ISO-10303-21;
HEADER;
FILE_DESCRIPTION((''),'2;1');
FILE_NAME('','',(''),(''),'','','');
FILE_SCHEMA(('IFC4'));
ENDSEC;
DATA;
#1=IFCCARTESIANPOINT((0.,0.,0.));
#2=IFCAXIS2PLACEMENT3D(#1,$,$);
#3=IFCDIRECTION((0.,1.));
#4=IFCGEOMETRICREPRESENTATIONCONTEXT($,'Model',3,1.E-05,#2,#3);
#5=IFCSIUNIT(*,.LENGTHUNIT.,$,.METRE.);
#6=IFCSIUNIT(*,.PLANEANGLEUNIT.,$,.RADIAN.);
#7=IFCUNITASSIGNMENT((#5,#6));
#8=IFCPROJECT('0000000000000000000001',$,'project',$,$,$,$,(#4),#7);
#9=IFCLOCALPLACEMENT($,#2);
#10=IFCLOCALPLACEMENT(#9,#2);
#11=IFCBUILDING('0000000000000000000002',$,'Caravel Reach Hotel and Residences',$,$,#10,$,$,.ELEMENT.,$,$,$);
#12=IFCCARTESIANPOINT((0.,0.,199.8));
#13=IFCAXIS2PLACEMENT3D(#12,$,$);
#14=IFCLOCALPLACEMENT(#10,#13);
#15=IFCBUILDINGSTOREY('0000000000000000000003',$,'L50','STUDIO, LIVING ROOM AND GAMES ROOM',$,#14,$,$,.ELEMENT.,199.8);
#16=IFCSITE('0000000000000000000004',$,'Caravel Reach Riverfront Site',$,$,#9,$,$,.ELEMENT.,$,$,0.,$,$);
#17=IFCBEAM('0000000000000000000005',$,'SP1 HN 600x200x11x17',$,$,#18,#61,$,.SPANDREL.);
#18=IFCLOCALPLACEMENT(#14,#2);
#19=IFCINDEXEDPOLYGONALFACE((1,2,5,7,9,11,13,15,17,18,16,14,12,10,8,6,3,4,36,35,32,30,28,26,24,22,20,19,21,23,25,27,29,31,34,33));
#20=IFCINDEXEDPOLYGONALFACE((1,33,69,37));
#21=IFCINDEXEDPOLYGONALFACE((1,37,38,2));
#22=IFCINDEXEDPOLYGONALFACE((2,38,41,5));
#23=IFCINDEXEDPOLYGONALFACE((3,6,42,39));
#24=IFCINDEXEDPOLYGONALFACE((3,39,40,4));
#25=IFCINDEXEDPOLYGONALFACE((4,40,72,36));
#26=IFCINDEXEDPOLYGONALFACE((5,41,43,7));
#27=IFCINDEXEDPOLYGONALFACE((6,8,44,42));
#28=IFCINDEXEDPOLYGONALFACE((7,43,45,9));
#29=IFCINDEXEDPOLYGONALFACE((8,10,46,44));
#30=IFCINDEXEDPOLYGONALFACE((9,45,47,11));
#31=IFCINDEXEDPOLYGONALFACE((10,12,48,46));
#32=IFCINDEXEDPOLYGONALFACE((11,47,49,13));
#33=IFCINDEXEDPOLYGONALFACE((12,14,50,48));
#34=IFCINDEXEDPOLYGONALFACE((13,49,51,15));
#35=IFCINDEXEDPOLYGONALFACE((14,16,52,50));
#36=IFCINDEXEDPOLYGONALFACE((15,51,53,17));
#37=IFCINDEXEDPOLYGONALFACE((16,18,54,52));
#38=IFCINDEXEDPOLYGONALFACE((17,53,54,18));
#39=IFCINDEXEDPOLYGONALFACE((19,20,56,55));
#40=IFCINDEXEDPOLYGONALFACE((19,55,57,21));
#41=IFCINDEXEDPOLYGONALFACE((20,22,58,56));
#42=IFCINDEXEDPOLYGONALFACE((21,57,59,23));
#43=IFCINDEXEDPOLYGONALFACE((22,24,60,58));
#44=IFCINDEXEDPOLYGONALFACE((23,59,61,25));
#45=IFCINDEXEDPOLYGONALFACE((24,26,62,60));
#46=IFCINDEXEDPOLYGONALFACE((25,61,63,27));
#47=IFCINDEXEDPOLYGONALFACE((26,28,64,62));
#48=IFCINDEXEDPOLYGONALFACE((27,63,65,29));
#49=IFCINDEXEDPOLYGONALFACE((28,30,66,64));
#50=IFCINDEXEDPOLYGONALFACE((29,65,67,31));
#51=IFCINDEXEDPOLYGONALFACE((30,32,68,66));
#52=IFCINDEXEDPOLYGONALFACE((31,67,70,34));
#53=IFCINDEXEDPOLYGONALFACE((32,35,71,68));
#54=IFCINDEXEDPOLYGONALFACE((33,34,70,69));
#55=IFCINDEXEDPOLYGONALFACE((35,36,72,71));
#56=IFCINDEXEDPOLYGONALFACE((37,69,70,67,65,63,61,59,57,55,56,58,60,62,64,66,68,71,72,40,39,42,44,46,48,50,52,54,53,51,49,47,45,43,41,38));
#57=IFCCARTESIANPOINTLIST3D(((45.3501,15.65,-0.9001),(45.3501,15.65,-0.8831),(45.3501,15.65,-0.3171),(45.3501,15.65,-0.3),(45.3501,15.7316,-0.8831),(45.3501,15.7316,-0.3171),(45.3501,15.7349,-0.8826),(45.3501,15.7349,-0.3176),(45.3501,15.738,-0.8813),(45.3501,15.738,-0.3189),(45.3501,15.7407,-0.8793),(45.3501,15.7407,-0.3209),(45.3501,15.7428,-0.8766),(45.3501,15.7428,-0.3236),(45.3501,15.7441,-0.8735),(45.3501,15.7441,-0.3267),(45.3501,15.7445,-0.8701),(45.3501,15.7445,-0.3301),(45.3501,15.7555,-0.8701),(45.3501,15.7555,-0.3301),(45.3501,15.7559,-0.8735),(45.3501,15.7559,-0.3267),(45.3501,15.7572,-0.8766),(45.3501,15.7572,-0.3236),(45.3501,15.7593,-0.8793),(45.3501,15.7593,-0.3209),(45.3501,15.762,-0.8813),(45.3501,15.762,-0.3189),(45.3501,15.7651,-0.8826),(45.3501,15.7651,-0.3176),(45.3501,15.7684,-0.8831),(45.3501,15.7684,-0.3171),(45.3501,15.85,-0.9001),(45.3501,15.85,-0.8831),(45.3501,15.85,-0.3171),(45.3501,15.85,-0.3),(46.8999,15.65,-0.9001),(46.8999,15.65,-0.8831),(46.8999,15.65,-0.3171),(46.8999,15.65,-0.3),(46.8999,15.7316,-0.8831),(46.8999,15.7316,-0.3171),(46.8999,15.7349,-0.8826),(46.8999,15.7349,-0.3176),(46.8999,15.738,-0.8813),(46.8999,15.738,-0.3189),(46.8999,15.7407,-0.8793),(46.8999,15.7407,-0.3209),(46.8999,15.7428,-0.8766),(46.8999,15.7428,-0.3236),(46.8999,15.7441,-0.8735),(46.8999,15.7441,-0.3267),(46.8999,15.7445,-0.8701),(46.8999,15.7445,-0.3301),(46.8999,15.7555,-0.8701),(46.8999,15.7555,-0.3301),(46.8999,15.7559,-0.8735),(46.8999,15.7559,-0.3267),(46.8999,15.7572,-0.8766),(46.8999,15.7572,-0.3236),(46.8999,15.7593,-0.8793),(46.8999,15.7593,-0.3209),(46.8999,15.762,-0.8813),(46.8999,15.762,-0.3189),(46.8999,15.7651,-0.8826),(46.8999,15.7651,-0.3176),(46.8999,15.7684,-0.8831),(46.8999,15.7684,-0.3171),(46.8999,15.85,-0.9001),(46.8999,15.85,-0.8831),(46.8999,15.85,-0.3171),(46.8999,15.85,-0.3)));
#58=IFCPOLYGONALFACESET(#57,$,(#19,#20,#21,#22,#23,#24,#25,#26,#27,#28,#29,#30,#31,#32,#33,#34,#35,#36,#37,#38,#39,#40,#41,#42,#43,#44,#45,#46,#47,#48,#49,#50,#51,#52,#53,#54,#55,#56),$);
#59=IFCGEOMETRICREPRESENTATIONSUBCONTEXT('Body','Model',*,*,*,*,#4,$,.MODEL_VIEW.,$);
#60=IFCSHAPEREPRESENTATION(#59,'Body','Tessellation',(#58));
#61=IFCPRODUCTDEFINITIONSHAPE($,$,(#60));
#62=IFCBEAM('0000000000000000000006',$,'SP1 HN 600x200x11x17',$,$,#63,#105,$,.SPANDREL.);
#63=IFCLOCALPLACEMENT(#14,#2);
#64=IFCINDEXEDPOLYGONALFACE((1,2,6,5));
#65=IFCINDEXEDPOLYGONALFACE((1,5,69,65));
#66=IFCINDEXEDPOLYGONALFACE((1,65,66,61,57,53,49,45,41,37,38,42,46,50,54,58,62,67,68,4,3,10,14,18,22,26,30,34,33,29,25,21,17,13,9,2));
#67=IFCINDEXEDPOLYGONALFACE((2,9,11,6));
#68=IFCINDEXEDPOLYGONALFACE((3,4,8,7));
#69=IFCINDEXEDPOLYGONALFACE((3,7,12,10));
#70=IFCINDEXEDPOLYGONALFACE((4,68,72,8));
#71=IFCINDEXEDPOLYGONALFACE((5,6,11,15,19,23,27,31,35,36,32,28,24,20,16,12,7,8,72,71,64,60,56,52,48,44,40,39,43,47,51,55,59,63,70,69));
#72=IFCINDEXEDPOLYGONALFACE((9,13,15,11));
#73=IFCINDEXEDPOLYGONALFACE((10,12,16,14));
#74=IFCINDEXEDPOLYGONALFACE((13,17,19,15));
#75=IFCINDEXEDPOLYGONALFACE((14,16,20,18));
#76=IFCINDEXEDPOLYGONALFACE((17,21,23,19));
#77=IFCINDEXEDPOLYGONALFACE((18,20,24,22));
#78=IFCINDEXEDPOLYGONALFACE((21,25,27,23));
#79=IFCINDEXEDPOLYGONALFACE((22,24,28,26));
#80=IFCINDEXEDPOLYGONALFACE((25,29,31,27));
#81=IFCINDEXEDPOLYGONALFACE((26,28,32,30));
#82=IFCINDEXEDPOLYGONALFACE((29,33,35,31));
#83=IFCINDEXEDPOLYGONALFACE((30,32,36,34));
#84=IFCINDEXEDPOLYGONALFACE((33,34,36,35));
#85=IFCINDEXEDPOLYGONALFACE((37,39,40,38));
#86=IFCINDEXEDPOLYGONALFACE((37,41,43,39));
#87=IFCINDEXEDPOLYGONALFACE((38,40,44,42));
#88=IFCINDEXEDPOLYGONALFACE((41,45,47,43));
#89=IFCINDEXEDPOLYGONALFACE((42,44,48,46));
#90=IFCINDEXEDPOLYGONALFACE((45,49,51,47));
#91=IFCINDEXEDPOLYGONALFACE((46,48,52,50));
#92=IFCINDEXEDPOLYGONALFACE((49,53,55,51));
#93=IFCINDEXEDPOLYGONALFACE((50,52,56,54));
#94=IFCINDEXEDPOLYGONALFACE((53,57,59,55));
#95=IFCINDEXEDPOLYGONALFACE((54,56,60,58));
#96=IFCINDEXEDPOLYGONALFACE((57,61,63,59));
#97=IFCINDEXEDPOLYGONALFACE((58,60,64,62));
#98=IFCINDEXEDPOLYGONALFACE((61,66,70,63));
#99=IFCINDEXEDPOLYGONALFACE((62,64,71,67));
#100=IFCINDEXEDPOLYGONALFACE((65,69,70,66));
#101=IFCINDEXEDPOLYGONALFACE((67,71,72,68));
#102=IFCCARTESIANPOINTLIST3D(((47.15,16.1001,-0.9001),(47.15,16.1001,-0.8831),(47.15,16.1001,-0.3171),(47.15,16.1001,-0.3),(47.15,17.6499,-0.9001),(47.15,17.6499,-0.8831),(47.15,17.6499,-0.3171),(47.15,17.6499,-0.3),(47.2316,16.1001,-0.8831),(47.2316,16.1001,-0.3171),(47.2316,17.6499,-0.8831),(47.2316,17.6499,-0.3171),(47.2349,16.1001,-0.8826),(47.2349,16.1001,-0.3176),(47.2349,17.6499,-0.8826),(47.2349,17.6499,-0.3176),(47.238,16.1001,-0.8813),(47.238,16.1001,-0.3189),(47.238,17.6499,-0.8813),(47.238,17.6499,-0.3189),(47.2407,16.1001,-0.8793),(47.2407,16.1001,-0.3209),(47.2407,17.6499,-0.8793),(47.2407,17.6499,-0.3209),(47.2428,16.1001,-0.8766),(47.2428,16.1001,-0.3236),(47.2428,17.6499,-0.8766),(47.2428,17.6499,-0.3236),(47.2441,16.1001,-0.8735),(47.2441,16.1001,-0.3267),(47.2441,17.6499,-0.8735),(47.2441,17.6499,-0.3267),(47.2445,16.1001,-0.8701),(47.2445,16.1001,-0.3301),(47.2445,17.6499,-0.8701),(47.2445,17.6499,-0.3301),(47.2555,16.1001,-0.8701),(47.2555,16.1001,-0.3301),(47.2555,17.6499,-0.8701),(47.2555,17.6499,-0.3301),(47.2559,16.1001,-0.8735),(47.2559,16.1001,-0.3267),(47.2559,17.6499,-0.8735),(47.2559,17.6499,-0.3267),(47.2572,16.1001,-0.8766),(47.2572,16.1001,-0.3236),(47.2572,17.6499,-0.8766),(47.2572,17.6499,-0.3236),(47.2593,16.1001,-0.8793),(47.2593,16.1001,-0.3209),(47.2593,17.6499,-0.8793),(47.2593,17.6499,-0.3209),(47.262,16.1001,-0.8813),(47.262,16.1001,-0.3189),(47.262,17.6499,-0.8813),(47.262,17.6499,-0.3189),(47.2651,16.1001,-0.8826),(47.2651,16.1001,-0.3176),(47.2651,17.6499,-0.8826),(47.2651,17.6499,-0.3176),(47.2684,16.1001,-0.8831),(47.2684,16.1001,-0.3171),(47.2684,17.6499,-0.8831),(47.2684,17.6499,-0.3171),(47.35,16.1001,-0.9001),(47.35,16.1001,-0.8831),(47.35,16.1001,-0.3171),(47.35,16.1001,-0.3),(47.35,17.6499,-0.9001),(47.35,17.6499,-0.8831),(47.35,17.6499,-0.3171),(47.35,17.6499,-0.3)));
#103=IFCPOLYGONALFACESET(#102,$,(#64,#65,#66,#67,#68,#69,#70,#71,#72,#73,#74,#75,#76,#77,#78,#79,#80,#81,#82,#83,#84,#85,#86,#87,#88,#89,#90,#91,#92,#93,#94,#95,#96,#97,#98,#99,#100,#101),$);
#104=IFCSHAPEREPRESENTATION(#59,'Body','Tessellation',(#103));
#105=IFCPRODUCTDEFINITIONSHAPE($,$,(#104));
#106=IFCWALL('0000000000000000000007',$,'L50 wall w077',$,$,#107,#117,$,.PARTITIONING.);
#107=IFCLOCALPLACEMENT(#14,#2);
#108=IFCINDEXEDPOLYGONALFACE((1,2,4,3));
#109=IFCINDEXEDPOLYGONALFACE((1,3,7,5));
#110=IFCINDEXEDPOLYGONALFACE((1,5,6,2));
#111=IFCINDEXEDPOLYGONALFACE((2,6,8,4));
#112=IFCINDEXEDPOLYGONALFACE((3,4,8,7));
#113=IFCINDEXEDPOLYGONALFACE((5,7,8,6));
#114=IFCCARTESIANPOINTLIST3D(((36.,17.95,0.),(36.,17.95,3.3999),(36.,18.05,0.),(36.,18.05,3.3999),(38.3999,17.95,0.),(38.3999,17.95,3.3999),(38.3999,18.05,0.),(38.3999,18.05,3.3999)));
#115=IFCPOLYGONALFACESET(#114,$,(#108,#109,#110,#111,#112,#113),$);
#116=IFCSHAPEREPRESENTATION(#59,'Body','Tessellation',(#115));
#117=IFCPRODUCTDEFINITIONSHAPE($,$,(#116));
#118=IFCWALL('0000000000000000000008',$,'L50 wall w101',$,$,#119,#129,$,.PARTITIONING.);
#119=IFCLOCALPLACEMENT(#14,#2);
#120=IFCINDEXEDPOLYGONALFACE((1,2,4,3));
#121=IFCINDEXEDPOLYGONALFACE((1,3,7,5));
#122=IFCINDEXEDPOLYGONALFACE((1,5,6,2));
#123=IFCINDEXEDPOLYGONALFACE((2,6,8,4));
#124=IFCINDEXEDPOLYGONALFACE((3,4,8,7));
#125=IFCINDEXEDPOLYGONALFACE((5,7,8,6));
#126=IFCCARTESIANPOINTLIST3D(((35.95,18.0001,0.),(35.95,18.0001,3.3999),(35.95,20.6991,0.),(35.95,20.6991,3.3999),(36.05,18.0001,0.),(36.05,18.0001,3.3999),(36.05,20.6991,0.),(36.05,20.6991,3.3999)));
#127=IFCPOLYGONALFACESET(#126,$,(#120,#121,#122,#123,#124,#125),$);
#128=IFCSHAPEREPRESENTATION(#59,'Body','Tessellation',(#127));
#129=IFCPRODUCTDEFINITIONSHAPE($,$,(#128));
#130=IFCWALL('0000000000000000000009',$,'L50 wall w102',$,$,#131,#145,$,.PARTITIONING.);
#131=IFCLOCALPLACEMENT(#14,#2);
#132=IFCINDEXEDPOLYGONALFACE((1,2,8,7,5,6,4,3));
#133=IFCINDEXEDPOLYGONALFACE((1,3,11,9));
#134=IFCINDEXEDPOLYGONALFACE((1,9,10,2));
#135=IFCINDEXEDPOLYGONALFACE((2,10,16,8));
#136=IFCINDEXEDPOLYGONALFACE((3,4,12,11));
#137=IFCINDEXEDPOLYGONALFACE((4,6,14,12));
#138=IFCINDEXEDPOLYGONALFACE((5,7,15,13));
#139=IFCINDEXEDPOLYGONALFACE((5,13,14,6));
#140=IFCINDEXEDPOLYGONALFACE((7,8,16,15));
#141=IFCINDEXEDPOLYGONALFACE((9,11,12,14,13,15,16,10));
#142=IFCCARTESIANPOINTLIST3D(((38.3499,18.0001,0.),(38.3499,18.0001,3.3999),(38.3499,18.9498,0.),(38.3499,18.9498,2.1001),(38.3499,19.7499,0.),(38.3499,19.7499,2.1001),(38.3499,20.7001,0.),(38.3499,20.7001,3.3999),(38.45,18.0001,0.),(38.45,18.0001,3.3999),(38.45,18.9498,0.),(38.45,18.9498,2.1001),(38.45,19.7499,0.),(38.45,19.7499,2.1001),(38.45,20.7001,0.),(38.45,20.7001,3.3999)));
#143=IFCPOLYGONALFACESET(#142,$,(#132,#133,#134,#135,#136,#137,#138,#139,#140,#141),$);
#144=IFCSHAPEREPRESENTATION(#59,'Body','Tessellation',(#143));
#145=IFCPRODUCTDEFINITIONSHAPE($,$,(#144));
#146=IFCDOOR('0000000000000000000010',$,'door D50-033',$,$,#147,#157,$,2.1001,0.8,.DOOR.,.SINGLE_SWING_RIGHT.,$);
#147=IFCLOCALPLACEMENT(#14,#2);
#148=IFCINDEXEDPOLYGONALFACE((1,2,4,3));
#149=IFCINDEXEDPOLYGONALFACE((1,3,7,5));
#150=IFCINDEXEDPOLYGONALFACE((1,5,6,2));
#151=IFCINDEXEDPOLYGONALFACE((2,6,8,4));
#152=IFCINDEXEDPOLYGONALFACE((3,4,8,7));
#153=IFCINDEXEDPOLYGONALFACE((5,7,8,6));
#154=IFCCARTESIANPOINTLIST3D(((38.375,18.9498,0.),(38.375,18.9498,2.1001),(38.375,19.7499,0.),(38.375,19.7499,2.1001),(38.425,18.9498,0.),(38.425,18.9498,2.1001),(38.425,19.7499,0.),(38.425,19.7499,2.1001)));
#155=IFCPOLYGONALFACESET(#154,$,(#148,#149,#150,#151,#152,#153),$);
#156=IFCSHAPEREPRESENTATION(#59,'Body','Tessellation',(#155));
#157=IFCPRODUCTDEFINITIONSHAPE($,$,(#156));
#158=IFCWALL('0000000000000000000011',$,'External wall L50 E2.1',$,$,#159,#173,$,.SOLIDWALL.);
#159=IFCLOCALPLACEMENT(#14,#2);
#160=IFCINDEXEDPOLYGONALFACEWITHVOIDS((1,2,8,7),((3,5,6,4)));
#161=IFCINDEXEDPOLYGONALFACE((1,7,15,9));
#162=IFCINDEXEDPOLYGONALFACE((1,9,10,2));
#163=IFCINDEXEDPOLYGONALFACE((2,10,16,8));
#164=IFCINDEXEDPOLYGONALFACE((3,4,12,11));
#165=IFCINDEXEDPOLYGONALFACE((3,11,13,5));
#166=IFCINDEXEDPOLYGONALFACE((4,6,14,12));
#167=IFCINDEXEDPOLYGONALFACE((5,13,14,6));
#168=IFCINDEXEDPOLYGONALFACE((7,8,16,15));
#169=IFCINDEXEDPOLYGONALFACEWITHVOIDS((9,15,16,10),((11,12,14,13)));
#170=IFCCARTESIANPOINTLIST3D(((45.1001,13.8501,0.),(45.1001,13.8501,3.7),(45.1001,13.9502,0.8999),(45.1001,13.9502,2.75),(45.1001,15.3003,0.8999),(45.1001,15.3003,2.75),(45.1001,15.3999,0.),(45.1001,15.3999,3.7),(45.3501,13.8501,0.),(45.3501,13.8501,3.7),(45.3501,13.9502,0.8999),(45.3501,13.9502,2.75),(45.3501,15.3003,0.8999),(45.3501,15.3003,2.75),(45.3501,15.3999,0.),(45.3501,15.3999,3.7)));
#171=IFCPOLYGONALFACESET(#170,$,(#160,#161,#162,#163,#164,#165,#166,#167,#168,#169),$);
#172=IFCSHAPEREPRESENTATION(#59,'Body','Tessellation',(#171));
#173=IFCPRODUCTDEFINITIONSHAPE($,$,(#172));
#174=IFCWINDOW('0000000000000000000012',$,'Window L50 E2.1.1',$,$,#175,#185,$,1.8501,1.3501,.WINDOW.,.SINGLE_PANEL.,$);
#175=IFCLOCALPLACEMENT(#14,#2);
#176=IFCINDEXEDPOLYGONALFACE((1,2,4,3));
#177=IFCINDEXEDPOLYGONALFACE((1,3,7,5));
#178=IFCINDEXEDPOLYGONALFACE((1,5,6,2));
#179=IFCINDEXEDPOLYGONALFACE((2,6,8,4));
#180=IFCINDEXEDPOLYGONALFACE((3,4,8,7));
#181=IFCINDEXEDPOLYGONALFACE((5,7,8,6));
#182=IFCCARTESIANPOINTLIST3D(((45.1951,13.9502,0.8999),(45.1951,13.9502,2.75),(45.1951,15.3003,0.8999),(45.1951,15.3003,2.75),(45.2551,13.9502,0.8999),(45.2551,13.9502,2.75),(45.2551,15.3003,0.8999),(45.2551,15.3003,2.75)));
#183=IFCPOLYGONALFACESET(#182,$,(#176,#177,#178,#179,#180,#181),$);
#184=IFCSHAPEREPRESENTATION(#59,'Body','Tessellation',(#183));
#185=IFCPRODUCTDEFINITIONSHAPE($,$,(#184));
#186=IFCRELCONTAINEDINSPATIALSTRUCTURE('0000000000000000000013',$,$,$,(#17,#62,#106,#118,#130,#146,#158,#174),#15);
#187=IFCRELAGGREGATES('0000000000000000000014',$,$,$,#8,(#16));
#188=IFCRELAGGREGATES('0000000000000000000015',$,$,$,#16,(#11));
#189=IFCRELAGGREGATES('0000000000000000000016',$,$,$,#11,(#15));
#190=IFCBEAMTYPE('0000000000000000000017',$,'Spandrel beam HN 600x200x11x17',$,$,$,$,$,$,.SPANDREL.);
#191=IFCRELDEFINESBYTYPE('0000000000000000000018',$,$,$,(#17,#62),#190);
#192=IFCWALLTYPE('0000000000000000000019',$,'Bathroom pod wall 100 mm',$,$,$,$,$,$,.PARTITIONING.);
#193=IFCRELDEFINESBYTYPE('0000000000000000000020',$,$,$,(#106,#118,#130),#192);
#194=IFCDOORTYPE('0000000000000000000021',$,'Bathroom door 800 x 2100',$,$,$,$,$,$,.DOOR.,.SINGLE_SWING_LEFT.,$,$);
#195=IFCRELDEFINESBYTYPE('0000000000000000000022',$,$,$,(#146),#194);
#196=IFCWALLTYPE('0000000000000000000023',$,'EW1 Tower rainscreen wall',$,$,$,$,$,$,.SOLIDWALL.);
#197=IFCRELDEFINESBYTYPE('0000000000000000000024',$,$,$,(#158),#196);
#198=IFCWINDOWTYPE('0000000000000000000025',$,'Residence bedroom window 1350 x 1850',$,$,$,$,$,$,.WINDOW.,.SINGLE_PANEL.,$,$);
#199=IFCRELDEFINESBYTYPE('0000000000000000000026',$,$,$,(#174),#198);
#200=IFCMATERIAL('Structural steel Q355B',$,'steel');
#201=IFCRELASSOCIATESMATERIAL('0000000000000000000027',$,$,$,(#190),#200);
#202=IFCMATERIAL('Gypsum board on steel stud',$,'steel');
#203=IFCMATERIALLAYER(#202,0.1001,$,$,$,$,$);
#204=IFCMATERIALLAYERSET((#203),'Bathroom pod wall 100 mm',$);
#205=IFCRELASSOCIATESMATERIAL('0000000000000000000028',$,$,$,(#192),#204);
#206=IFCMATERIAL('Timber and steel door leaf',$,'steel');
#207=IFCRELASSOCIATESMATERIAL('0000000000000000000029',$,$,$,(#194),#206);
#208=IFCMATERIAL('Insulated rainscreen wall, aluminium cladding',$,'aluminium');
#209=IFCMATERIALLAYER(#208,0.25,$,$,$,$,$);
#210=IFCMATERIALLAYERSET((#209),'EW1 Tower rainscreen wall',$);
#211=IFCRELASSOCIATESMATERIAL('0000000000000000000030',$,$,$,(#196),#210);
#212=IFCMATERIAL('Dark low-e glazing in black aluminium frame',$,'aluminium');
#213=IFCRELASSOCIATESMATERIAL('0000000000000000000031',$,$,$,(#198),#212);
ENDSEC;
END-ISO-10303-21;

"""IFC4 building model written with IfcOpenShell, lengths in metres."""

from ifc_helpers import new_model, si_unit, direction, frame, frame_2d, origin, origin_2d, place, context, subcontext, project, spatial, rectangle, i_section, extrude, material, layer, layer_set, material_profile, profile_set, type_object, element, fill, save


model = new_model("IFC4")

# Units and contexts
model_context = context("Model", 3, precision=1e-05, world=origin(), true_north=direction((0.0, 1.0)))
body_context = subcontext(model_context, "Body", "Model", "MODEL_VIEW")
ifc_project = project(units=[si_unit("LENGTHUNIT", "METRE"), si_unit("PLANEANGLEUNIT", "RADIAN")], contexts=[model_context])

# Site, building, storey
site_placement = place(None, origin())
site = spatial("IfcSite", under=ifc_project, at=site_placement, Name="Caravel Reach Riverfront Site", CompositionType="ELEMENT", RefElevation=0.0)
building_placement = place(site_placement, origin())
building = spatial("IfcBuilding", under=site, at=building_placement, Name="Caravel Reach Hotel and Residences", CompositionType="ELEMENT")
storey_placement = place(building_placement, frame((0.0, 0.0, 199.8)))
storey = spatial("IfcBuildingStorey", under=building, at=storey_placement, Name="L50", Description="STUDIO, LIVING ROOM AND GAMES ROOM", CompositionType="ELEMENT", Elevation=199.8)

# Beams
ifc_material_1 = material(Name="Structural steel Q355B", Category="steel")
ifc_material_profile_1 = material_profile(ifc_material_1, i_section(OverallWidth=0.2, OverallDepth=0.6001, WebThickness=0.011, FlangeThickness=0.0171, FilletRadius=0.0129, at=origin_2d()), Name="HN 600x200x11x17")
ifc_profile_set_1 = profile_set([ifc_material_profile_1], Name="Structural steel Q355B")
beam_type = type_object("IfcBeamType", Name="Spandrel beam HN 600x200x11x17", PredefinedType="SPANDREL", material=ifc_profile_set_1)
for number, where, z_axis, x_axis, name in (
    (1, (45.3501, 15.75, -0.6001), (1.0, 0.0, 0.0), (0.0, 1.0, 0.0), "SP1 HN 600x200x11x17"),
    (2, (47.25, 16.1001, -0.6001), (0.0, 1.0, 0.0), (-1.0, 0.0, 0.0), "SP1 HN 600x200x11x17"),
):
    element("IfcBeam", number, at=place(storey_placement, frame(where, z_axis=z_axis, x_axis=x_axis)), inside=storey, type_object=beam_type, Name=name, PredefinedType="SPANDREL", context=body_context, shape_type="SweptSolid", body=[
        extrude(i_section(OverallWidth=0.2, OverallDepth=0.6001, WebThickness=0.011, FlangeThickness=0.0171, FilletRadius=0.0129, at=origin_2d()), origin(), (0.0, 0.0, 1.0), 1.5498),
    ])

# Walls
ifc_material_2 = material(Name="Gypsum board on steel stud", Category="steel")
ifc_layer_1 = layer(ifc_material_2, 0.1001)
ifc_layer_set_1 = layer_set([ifc_layer_1], Name="Bathroom pod wall 100 mm")
wall_type_1 = type_object("IfcWallType", Name="Bathroom pod wall 100 mm", PredefinedType="PARTITIONING", material=ifc_layer_set_1)
wall_1_placement = place(storey_placement, frame((36.0, 18.0, 0.0), z_axis=(0.0, 0.0, 1.0), x_axis=(1.0, 0.0, 0.0)))
element("IfcWall", 3, at=wall_1_placement, inside=storey, type_object=wall_type_1, Name="L50 wall w077", PredefinedType="PARTITIONING", context=body_context, shape_type="SweptSolid", body=[
    extrude(rectangle(XDim=2.3999, YDim=0.1001, at=frame_2d((1.2, 0.0))), origin(), (0.0, 0.0, 1.0), 3.3999),
])
wall_2_placement = place(storey_placement, frame((36.0, 18.0, 0.0), z_axis=(0.0, 0.0, 1.0), x_axis=(0.0, 1.0, 0.0)))
element("IfcWall", 4, at=wall_2_placement, inside=storey, type_object=wall_type_1, Name="L50 wall w101", PredefinedType="PARTITIONING", context=body_context, shape_type="SweptSolid", body=[
    extrude(rectangle(XDim=2.699, YDim=0.1001, at=frame_2d((1.3496, 0.0))), origin(), (0.0, 0.0, 1.0), 3.3999),
])

# Wall, opening, door
wall_3_placement = place(storey_placement, frame((38.3999, 18.0, 0.0), z_axis=(0.0, 0.0, 1.0), x_axis=(0.0, 1.0, 0.0)))
wall_3 = element("IfcWall", 5, at=wall_3_placement, inside=storey, type_object=wall_type_1, Name="L50 wall w102", PredefinedType="PARTITIONING", context=body_context, shape_type="SweptSolid", body=[
    extrude(rectangle(XDim=2.7, YDim=0.1001, at=frame_2d((1.3501, 0.0))), origin(), (0.0, 0.0, 1.0), 3.3999),
])
opening_1_placement = place(wall_3_placement, frame((0.95, 0.0, 0.0)))
opening_1 = element("IfcOpeningElement", 6, at=opening_1_placement, cuts=wall_3, PredefinedType="OPENING", context=body_context, shape_type="SweptSolid", body=[
    extrude(rectangle(XDim=0.8, YDim=2.1001, at=frame_2d((0.3999, 1.05))), frame((0.0, 0.0601, 0.0), z_axis=(0.0, -1.0, 0.0), x_axis=(1.0, 0.0, 0.0)), (0.0, 0.0, 1.0), 0.1201),
])
ifc_material_3 = material(Name="Timber and steel door leaf", Category="steel")
door_type_1 = type_object("IfcDoorType", Name="Bathroom door 800 x 2100", OperationType="SINGLE_SWING_LEFT", PredefinedType="DOOR", material=ifc_material_3)
door_1_placement = place(opening_1_placement, origin())
door_1 = element("IfcDoor", 7, at=door_1_placement, inside=storey, type_object=door_type_1, Name="door D50-033", OperationType="SINGLE_SWING_RIGHT", OverallHeight=2.1001, OverallWidth=0.8, PredefinedType="DOOR", context=body_context, shape_type="SweptSolid", body=[
    extrude(rectangle(XDim=0.8, YDim=2.1001, at=frame_2d((0.3999, 1.05))), frame((0.0, 0.0249, 0.0), z_axis=(0.0, -1.0, 0.0), x_axis=(1.0, 0.0, 0.0)), (0.0, 0.0, 1.0), 0.05),
])
fill(opening_1, door_1)

# Wall, opening, window
ifc_material_4 = material(Name="Insulated rainscreen wall, aluminium cladding", Category="aluminium")
ifc_layer_2 = layer(ifc_material_4, 0.25)
ifc_layer_set_2 = layer_set([ifc_layer_2], Name="EW1 Tower rainscreen wall")
wall_type_2 = type_object("IfcWallType", Name="EW1 Tower rainscreen wall", PredefinedType="SOLIDWALL", material=ifc_layer_set_2)
wall_4_placement = place(storey_placement, frame((45.2251, 13.8501, 0.0), z_axis=(0.0, 0.0, 1.0), x_axis=(0.0, 1.0, 0.0)))
wall_4 = element("IfcWall", 8, at=wall_4_placement, inside=storey, type_object=wall_type_2, Name="External wall L50 E2.1", PredefinedType="SOLIDWALL", context=body_context, shape_type="SweptSolid", body=[
    extrude(rectangle(XDim=1.5498, YDim=0.25, at=frame_2d((0.7749, 0.0))), origin(), (0.0, 0.0, 1.0), 3.7),
])
opening_2_placement = place(wall_4_placement, frame((0.1001, 0.0, 0.8999)))
opening_2 = element("IfcOpeningElement", 9, at=opening_2_placement, cuts=wall_4, PredefinedType="OPENING", context=body_context, shape_type="SweptSolid", body=[
    extrude(rectangle(XDim=1.3501, YDim=1.8501, at=frame_2d((0.675, 0.925))), frame((0.0, 0.135, 0.0), z_axis=(0.0, -1.0, 0.0), x_axis=(1.0, 0.0, 0.0)), (0.0, 0.0, 1.0), 0.27),
])
ifc_material_5 = material(Name="Dark low-e glazing in black aluminium frame", Category="aluminium")
window_type = type_object("IfcWindowType", Name="Residence bedroom window 1350 x 1850", PartitioningType="SINGLE_PANEL", PredefinedType="WINDOW", material=ifc_material_5)
window_1_placement = place(opening_2_placement, origin())
window_1 = element("IfcWindow", 10, at=window_1_placement, inside=storey, type_object=window_type, Name="Window L50 E2.1.1", OverallHeight=1.8501, OverallWidth=1.3501, PartitioningType="SINGLE_PANEL", PredefinedType="WINDOW", context=body_context, shape_type="SweptSolid", body=[
    extrude(rectangle(XDim=1.3501, YDim=1.8501, at=frame_2d((0.675, 0.925))), frame((0.0, 0.03, 0.0), z_axis=(0.0, -1.0, 0.0), x_axis=(1.0, 0.0, 0.0)), (0.0, 0.0, 1.0), 0.0601),
])
fill(opening_2, window_1)

save(model, "model.ifc")
